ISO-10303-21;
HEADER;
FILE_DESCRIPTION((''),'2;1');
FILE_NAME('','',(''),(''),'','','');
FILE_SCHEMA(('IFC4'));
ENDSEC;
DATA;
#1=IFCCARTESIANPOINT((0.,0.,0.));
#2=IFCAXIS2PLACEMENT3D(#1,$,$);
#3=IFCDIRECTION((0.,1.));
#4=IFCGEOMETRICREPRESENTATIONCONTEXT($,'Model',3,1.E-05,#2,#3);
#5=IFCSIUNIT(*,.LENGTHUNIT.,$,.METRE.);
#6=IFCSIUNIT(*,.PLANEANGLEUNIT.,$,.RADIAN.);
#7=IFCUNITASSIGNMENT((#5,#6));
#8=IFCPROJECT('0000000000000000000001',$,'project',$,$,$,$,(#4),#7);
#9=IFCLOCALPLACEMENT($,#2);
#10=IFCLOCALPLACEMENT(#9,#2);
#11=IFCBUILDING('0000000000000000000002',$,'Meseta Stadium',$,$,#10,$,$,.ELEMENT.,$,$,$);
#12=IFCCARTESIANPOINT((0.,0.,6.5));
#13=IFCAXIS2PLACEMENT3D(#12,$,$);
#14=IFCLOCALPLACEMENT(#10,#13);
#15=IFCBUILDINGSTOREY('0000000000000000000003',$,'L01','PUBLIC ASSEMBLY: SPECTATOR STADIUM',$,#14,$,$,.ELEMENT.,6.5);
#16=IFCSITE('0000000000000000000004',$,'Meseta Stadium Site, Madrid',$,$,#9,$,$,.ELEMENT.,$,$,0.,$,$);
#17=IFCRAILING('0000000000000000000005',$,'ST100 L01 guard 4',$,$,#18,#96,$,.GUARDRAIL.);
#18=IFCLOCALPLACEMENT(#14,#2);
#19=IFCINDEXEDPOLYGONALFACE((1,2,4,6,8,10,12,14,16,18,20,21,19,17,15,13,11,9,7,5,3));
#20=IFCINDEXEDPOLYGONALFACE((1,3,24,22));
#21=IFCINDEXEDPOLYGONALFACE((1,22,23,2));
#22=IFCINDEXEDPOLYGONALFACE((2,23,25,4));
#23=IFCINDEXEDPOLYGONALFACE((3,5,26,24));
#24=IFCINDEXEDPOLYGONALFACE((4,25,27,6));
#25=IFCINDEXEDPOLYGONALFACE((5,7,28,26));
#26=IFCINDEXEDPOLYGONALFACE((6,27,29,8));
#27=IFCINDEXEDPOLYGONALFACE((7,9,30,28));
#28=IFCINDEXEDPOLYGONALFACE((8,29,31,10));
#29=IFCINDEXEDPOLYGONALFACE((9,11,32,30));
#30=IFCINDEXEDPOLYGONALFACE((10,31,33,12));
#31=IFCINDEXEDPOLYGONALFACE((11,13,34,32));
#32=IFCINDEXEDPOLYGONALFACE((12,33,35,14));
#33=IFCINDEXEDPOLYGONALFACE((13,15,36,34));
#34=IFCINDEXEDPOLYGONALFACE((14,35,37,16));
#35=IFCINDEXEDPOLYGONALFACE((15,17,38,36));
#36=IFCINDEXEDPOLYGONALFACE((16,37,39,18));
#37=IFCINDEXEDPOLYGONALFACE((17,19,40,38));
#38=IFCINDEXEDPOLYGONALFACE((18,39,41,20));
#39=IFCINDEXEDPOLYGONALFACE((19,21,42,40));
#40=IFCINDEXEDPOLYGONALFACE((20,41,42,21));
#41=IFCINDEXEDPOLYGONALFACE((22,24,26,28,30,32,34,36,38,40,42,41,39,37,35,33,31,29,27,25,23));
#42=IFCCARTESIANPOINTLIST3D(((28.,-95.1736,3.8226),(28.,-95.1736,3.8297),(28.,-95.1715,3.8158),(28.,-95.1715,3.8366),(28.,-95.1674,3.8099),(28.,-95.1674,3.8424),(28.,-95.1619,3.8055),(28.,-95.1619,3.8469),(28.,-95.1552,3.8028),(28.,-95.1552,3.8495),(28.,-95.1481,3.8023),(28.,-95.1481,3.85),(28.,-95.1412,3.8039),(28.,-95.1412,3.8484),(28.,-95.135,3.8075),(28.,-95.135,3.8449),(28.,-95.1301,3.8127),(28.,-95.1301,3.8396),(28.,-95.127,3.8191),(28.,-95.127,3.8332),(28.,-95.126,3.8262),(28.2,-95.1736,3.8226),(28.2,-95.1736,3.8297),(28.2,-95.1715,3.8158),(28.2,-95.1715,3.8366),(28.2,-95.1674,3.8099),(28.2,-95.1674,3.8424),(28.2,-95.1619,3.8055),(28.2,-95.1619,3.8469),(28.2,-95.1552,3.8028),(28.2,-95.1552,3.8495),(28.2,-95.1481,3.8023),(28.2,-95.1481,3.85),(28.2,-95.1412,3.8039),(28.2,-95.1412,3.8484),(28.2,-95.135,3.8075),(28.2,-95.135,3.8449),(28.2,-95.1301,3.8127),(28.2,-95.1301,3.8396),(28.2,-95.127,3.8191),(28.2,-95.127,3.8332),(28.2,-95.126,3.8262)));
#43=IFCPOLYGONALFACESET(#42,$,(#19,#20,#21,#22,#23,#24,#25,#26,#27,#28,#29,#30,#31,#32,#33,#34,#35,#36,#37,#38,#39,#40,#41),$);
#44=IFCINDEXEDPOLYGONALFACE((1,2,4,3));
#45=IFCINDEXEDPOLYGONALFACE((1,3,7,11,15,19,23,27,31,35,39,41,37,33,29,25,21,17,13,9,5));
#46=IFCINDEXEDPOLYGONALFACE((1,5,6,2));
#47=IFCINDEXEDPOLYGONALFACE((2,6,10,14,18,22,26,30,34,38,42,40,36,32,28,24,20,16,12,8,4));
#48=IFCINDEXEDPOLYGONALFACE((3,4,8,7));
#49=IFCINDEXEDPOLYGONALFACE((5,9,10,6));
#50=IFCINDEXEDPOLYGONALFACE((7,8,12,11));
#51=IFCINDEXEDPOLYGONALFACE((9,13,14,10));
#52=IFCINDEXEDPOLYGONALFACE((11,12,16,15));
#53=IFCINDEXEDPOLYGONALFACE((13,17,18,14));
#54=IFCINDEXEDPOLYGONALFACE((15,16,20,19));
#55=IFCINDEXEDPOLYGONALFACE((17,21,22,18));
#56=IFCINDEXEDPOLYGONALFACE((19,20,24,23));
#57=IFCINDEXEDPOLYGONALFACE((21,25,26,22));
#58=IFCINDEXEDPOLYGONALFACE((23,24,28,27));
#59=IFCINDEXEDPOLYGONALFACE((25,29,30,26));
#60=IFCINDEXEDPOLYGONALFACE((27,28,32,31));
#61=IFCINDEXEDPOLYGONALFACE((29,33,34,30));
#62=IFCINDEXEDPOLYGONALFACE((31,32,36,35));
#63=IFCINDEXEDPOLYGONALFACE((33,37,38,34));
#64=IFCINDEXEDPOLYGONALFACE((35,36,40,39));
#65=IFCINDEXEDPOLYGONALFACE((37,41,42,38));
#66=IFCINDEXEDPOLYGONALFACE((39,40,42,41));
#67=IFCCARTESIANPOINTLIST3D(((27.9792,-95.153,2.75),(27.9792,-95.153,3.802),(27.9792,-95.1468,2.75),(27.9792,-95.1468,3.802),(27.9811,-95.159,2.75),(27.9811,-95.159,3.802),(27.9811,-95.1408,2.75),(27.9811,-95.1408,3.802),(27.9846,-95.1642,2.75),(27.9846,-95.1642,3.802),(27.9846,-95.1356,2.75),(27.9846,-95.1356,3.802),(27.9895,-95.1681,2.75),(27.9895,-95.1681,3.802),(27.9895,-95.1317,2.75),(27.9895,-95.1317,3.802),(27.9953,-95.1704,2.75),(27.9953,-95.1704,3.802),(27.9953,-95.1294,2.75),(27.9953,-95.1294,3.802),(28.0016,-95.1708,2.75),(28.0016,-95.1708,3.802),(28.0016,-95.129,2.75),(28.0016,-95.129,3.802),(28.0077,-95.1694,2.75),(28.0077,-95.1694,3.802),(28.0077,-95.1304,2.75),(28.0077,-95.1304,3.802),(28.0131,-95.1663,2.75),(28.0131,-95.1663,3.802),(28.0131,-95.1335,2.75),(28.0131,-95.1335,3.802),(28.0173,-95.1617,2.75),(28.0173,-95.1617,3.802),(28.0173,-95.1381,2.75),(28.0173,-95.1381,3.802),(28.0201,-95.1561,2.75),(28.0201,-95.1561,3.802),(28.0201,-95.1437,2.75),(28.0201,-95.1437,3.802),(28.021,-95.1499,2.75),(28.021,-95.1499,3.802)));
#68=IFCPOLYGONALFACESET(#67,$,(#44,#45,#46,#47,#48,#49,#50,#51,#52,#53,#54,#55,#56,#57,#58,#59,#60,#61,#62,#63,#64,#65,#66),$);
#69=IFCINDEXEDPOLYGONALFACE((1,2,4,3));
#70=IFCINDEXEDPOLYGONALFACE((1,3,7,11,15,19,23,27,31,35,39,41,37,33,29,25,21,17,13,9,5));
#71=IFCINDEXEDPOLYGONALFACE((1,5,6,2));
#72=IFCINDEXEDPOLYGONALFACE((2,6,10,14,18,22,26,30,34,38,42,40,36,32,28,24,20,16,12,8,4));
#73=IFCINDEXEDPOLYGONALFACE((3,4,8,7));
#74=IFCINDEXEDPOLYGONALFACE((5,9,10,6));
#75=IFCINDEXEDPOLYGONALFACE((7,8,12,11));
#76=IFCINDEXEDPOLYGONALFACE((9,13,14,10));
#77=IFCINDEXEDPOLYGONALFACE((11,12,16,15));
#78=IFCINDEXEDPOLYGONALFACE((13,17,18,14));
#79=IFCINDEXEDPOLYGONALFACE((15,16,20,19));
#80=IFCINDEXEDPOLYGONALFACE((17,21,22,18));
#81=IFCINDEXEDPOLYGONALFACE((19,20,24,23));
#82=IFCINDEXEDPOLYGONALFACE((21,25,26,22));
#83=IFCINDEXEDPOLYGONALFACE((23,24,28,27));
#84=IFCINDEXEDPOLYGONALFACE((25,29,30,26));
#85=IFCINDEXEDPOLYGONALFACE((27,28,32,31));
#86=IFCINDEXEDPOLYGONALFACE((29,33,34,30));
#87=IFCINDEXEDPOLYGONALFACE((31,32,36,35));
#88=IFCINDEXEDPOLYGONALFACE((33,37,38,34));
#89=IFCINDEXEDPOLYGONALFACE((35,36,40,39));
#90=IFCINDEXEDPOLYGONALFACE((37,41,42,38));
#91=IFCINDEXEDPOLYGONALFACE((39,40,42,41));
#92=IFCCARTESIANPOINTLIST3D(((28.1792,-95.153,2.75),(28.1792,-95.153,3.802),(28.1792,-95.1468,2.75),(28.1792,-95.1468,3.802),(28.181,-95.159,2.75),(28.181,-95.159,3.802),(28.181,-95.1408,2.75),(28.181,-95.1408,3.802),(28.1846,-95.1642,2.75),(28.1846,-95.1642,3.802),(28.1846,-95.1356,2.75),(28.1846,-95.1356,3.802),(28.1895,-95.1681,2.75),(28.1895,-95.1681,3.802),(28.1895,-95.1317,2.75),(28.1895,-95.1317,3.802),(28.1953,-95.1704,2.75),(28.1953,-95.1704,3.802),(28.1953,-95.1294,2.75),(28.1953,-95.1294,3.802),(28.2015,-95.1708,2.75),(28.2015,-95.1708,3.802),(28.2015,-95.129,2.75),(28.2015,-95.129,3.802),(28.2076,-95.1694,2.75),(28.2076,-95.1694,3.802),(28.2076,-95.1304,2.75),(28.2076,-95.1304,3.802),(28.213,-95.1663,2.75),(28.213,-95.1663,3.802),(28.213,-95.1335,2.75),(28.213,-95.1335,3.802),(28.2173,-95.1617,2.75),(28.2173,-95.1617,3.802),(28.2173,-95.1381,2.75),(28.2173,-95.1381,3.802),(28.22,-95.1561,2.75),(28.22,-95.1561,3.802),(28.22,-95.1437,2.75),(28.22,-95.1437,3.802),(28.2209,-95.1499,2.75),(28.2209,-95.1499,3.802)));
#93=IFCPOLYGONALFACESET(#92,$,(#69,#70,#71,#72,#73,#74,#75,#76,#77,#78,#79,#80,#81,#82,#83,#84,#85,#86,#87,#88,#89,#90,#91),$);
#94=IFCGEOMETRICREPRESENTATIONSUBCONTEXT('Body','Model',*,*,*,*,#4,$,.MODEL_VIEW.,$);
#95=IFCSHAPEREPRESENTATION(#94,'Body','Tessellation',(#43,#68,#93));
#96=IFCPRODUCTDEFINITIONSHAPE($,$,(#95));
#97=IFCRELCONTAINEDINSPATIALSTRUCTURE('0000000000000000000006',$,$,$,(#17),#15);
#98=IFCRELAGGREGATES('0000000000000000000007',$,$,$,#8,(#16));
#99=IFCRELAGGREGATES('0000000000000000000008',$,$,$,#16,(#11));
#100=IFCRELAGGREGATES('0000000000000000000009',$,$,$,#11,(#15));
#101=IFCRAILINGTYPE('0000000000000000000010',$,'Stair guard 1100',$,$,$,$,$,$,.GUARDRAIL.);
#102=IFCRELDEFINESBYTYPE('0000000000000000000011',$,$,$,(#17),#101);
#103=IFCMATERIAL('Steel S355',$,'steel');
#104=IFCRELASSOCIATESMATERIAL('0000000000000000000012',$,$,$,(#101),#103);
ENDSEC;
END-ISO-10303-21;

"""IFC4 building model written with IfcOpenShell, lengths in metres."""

from ifc_helpers import new_model, si_unit, direction, frame, origin, origin_2d, place, context, subcontext, project, spatial, circle, extrude, material, type_object, element, save


model = new_model("IFC4")

# Units and contexts
model_context = context("Model", 3, precision=1e-05, world=origin(), true_north=direction((0.0, 1.0)))
body_context = subcontext(model_context, "Body", "Model", "MODEL_VIEW")
ifc_project = project(units=[si_unit("LENGTHUNIT", "METRE"), si_unit("PLANEANGLEUNIT", "RADIAN")], contexts=[model_context])

# Site, building, storey
site_placement = place(None, origin())
site = spatial("IfcSite", under=ifc_project, at=site_placement, Name="Meseta Stadium Site, Madrid", CompositionType="ELEMENT", RefElevation=0.0)
building_placement = place(site_placement, origin())
building = spatial("IfcBuilding", under=site, at=building_placement, Name="Meseta Stadium", CompositionType="ELEMENT")
storey_placement = place(building_placement, frame((0.0, 0.0, 6.5)))
storey = spatial("IfcBuildingStorey", under=building, at=storey_placement, Name="L01", Description="PUBLIC ASSEMBLY: SPECTATOR STADIUM", CompositionType="ELEMENT", Elevation=6.5)

# Railing
ifc_material_1 = material(Name="Steel S355", Category="steel")
railing_type_1 = type_object("IfcRailingType", Name="Stair guard 1100", PredefinedType="GUARDRAIL", material=ifc_material_1)
railing_1_placement = place(storey_placement, frame((28.0, -95.1499, 2.75)))
element("IfcRailing", 1, at=railing_1_placement, inside=storey, type_object=railing_type_1, Name="ST100 L01 guard 4", PredefinedType="GUARDRAIL", context=body_context, shape_type="SweptSolid", body=[
    extrude(circle(Radius=0.0239, at=origin_2d()), frame((0.0, 0.0, 1.0762), z_axis=(1.0, 0.0, 0.0), x_axis=(0.0, 1.0, 0.0)), (0.0, 0.0, 1.0), 0.2),
    extrude(circle(Radius=0.021, at=origin_2d()), origin(), (0.0, 0.0, 1.0), 1.052),
    extrude(circle(Radius=0.021, at=origin_2d()), frame((0.2, 0.0, 0.0)), (0.0, 0.0, 1.0), 1.052),
])

save(model, "model.ifc")
